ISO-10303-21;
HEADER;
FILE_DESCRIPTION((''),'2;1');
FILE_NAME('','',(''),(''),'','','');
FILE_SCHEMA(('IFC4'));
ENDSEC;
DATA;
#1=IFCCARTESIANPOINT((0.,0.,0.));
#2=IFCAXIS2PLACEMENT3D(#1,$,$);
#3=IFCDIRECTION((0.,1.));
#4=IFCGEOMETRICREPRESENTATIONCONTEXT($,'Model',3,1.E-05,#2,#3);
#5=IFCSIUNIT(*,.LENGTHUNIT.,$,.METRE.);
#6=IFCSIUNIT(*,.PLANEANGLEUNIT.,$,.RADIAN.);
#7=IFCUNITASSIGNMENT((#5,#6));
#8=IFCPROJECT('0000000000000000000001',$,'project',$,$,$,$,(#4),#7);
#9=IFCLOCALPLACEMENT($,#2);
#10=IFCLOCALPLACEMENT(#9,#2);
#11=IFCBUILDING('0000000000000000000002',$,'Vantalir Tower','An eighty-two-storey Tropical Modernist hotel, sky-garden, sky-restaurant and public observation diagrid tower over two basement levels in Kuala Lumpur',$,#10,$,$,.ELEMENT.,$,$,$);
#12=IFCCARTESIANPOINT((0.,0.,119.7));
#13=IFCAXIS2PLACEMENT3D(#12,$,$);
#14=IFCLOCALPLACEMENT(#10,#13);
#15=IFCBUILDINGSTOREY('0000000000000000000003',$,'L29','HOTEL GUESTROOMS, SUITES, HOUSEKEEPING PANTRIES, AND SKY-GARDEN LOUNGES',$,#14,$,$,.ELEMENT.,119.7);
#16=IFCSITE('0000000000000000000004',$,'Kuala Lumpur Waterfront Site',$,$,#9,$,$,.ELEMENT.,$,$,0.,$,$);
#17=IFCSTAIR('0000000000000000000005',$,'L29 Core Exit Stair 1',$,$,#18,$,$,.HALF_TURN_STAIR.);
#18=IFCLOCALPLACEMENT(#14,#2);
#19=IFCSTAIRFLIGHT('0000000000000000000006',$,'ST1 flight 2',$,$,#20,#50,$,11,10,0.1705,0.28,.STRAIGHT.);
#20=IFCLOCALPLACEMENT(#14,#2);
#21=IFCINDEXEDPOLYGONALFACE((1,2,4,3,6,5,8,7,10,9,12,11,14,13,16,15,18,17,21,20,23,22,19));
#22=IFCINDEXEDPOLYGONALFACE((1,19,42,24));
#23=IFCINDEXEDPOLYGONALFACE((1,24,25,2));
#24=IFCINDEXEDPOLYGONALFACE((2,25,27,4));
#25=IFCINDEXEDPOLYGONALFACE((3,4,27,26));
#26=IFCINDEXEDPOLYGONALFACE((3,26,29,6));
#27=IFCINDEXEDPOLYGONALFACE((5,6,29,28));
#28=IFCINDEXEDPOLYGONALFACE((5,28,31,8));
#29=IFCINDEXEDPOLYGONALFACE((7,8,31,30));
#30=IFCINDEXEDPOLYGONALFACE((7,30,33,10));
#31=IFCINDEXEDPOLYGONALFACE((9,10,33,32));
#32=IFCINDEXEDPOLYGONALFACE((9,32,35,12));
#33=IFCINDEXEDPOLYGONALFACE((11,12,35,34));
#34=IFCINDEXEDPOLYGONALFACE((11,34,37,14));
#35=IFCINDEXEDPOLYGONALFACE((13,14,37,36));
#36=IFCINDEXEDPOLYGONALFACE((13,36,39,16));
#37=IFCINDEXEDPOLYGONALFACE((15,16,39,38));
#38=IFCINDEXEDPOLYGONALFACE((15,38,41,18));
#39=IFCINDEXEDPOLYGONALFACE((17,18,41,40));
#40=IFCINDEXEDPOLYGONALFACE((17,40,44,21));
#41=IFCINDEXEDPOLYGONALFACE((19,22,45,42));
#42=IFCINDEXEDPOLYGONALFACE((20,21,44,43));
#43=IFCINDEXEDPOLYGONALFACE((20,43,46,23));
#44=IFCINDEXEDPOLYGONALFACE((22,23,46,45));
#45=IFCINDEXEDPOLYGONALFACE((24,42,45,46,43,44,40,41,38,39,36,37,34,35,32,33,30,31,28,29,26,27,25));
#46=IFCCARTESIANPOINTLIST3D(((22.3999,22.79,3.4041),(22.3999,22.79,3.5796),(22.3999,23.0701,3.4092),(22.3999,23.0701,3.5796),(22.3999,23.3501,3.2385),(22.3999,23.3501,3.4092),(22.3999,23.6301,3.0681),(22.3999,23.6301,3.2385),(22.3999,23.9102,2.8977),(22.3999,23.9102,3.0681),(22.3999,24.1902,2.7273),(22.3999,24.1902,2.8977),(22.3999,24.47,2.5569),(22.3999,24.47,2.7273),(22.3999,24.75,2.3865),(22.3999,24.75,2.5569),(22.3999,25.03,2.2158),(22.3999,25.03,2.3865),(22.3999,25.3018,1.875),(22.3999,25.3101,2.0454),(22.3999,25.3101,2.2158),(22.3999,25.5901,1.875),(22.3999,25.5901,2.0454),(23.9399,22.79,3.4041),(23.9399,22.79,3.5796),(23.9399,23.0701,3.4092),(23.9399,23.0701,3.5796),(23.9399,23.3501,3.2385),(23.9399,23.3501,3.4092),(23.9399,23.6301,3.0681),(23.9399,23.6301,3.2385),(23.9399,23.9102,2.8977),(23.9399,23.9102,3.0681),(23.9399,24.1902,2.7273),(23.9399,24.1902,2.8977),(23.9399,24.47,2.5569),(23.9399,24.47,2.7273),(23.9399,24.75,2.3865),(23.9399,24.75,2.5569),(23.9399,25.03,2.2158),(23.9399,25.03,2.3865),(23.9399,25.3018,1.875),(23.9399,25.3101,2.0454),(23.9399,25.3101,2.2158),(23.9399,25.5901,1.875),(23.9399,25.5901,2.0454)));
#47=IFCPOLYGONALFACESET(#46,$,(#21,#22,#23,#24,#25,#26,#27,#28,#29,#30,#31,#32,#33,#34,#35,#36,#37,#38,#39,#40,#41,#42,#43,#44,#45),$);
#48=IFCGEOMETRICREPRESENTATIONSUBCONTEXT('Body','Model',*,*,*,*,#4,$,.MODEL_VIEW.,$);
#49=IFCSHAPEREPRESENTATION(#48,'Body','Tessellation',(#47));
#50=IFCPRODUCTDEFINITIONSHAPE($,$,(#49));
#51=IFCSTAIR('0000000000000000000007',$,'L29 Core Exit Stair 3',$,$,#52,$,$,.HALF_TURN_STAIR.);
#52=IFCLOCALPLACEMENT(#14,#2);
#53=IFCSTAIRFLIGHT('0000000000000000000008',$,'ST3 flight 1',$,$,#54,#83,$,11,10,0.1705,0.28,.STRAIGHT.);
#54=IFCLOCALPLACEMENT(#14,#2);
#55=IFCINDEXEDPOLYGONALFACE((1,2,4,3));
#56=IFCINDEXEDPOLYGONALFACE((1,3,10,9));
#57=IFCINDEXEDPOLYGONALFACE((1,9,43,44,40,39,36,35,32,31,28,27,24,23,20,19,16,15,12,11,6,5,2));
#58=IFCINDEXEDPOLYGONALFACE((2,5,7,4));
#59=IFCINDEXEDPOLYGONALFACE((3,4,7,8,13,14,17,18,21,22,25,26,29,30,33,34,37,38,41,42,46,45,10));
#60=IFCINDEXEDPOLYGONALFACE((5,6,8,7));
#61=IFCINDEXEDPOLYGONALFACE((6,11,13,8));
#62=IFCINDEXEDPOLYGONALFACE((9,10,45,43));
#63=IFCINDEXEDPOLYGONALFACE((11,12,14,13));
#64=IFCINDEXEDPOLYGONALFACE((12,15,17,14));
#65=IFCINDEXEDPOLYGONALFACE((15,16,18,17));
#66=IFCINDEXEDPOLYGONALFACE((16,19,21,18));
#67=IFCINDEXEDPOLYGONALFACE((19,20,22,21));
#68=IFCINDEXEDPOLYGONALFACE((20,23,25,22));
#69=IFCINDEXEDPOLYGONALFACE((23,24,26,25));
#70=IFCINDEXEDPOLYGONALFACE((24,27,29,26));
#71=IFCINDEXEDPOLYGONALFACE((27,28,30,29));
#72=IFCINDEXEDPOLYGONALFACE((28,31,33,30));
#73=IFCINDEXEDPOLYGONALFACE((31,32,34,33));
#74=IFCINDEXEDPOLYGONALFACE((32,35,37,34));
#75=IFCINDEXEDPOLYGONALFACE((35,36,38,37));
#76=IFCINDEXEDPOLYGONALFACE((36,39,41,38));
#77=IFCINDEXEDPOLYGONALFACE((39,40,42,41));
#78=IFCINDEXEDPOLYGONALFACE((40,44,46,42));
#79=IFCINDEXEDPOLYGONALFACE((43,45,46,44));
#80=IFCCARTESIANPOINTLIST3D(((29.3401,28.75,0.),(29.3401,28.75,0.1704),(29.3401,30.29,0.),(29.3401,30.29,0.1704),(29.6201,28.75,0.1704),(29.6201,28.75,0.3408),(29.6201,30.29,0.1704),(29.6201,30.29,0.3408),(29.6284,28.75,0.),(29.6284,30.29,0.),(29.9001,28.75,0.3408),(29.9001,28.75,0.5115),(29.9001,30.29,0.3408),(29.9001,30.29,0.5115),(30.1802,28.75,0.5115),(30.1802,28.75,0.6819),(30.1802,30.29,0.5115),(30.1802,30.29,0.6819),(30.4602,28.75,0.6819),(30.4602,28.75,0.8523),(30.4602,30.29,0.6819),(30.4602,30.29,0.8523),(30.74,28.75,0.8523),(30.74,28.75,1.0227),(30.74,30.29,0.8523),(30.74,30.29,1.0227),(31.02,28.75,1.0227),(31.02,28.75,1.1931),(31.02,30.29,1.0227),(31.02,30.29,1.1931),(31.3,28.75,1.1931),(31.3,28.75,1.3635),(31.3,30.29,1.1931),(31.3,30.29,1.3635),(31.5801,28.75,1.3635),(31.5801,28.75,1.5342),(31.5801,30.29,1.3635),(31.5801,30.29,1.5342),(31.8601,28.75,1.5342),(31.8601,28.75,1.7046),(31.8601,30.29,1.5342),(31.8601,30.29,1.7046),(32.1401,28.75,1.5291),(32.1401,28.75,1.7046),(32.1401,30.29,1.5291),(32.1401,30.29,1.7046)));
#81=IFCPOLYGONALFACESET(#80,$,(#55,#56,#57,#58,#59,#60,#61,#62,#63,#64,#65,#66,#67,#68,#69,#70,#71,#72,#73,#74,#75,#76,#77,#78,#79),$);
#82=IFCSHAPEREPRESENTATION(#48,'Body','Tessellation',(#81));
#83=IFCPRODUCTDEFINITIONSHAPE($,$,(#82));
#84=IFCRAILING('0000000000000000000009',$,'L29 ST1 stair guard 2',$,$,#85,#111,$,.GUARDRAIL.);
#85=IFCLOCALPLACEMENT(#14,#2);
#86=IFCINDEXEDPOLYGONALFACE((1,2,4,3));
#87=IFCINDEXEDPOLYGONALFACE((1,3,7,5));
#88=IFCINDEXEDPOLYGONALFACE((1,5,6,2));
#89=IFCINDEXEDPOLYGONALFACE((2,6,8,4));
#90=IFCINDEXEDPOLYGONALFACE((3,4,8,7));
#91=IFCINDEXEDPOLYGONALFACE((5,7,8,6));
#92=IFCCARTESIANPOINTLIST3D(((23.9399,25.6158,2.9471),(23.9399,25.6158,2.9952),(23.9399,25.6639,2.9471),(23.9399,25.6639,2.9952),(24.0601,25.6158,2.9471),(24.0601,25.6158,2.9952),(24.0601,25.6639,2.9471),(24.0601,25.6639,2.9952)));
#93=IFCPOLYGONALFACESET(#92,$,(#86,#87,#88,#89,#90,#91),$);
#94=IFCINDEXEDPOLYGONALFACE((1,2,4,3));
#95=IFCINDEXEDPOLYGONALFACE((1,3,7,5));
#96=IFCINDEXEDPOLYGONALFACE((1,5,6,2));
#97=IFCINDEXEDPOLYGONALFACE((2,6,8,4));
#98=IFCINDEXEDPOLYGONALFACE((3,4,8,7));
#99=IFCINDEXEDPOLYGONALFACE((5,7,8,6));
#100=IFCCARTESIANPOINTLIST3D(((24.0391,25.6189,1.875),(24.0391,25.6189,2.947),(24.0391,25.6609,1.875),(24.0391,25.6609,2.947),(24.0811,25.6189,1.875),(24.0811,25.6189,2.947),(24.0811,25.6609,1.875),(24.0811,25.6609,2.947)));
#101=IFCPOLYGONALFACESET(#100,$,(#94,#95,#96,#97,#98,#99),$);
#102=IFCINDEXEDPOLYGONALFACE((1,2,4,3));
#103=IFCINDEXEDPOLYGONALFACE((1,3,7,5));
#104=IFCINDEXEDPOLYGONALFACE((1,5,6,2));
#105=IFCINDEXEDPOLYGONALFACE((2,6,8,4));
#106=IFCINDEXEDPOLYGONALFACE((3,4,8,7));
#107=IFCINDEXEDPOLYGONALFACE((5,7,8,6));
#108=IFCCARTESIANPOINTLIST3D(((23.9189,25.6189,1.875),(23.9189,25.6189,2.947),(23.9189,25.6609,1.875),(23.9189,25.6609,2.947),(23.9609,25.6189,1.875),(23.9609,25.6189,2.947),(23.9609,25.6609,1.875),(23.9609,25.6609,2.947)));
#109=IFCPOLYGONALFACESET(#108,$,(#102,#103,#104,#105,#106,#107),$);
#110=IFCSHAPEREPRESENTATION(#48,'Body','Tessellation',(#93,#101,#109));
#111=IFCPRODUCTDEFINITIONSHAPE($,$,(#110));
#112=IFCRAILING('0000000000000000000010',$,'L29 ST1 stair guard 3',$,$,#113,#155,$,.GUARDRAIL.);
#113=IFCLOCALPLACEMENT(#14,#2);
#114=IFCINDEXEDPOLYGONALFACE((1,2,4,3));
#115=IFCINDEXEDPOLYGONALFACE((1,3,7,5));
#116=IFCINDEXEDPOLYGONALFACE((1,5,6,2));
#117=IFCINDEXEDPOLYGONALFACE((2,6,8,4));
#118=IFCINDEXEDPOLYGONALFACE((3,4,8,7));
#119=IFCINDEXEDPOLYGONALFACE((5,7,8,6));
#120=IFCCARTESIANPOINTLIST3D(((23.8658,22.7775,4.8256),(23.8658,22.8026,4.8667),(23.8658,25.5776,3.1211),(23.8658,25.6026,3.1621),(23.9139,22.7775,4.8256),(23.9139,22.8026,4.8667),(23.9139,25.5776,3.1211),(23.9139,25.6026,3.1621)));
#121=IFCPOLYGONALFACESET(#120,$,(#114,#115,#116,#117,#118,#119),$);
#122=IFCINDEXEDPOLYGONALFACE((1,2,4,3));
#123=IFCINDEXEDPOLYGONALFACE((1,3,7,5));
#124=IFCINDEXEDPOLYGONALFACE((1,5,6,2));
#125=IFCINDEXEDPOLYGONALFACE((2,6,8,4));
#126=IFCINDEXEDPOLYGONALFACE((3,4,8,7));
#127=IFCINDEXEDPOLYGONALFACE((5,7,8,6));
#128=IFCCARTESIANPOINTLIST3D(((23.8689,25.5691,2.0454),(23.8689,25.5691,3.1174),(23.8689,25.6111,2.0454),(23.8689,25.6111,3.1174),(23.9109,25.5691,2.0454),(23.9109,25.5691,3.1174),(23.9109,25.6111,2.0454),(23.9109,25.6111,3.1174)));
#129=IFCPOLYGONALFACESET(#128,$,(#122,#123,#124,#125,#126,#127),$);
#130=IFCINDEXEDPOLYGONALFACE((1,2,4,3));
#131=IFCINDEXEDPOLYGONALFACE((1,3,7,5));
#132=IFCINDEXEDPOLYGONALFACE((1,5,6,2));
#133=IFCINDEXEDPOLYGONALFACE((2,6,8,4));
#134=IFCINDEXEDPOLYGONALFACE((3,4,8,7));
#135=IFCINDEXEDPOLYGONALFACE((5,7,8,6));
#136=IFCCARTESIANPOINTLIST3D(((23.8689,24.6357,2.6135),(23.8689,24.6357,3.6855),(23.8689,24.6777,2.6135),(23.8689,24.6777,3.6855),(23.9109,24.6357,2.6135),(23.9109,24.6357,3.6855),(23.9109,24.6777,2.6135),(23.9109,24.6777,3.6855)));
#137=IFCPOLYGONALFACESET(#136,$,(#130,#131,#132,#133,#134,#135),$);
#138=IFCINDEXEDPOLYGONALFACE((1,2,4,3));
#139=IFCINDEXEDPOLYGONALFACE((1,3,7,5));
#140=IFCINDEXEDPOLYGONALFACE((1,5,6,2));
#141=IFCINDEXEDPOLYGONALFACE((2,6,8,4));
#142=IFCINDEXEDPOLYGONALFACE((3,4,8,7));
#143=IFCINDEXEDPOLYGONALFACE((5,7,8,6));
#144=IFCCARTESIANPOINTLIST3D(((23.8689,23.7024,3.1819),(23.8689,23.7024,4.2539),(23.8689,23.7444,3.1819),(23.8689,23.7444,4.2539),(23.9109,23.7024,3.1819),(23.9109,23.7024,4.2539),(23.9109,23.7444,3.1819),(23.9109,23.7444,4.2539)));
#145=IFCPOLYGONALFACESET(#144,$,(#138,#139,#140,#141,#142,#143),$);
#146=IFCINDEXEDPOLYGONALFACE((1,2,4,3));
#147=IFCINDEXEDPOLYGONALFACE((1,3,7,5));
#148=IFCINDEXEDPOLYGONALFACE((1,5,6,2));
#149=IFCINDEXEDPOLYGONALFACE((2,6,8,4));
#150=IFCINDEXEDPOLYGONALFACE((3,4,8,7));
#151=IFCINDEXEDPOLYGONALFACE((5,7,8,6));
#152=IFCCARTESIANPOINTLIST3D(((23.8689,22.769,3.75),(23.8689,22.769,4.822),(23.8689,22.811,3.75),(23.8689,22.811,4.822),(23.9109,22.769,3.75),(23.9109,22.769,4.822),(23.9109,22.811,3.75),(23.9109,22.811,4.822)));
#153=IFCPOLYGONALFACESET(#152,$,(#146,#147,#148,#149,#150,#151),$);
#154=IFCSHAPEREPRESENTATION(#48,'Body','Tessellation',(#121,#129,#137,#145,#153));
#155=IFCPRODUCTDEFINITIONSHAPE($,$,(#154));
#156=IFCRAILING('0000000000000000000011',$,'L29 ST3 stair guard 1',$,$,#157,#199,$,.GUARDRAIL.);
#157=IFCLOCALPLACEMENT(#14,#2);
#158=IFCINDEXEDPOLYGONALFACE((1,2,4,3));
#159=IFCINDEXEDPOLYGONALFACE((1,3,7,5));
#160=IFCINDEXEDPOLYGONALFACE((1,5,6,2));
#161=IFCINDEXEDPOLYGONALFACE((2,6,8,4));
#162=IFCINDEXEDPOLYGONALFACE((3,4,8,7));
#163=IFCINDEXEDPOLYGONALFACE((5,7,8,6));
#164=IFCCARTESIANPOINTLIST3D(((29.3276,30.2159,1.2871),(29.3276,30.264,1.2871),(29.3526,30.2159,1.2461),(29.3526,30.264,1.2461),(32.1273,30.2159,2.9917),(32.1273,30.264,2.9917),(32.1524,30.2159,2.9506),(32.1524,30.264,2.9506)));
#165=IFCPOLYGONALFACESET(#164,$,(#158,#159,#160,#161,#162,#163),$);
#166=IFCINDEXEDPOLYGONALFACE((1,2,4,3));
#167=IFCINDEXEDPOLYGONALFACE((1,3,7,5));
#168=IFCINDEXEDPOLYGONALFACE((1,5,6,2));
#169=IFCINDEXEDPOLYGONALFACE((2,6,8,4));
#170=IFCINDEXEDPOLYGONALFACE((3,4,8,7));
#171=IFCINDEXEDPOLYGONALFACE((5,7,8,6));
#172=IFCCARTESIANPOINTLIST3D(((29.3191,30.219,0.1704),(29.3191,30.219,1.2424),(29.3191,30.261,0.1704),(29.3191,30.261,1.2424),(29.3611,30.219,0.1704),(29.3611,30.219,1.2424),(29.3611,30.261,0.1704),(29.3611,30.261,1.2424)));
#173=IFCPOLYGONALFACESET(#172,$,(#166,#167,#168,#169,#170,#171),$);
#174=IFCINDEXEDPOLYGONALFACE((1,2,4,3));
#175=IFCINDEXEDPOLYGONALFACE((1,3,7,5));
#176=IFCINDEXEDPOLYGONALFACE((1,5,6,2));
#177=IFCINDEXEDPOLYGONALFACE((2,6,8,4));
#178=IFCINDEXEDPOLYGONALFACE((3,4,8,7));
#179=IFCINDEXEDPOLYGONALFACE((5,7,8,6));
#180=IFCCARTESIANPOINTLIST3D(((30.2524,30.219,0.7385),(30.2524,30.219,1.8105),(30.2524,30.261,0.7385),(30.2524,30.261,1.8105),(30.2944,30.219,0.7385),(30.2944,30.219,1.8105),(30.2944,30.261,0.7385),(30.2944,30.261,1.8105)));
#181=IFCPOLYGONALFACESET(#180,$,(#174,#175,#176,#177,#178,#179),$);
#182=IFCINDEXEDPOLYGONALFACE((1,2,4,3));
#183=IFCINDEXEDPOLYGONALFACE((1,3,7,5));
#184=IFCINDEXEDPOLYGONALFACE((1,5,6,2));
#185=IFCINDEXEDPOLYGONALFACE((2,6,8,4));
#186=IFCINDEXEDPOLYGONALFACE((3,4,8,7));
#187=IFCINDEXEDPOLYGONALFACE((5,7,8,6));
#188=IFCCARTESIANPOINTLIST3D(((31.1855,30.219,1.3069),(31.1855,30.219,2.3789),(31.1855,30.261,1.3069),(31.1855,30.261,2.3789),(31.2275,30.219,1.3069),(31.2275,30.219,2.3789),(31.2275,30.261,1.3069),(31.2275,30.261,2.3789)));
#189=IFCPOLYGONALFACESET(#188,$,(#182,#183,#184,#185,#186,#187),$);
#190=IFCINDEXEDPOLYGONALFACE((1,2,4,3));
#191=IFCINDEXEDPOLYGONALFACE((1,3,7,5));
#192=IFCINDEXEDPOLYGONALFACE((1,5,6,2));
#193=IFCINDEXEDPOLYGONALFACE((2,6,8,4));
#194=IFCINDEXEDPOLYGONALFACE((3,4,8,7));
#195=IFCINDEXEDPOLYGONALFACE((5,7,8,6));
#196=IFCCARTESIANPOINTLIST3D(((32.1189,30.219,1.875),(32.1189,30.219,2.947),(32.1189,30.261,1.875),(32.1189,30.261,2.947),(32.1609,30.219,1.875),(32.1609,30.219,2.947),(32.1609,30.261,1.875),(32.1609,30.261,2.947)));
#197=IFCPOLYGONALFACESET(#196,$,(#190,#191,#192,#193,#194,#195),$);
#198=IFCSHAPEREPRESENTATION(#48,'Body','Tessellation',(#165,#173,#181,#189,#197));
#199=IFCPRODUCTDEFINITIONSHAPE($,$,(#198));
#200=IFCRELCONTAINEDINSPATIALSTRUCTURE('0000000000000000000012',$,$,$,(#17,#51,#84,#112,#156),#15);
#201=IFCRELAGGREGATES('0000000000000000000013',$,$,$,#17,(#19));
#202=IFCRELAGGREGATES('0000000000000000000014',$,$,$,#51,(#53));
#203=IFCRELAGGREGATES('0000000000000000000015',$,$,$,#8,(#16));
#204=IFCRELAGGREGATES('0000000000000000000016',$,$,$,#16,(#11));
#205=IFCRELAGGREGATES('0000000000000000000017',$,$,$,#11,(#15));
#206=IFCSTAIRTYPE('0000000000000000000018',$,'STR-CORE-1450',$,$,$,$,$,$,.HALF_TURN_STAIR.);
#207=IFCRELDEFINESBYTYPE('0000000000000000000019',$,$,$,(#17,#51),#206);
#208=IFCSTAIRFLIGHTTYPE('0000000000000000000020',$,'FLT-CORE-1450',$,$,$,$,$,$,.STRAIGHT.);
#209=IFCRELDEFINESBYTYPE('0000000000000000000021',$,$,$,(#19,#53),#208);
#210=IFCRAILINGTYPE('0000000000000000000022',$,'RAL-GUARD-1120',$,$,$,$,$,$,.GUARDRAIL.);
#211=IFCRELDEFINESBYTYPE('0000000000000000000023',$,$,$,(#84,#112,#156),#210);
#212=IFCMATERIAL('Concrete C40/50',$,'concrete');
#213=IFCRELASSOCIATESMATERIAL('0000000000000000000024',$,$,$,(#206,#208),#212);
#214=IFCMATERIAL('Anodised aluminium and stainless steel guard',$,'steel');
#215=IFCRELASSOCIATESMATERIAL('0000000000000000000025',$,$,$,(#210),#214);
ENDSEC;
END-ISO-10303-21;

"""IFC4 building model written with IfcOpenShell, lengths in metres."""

from ifc_helpers import new_model, si_unit, direction, frame, origin, origin_2d, place, context, subcontext, project, spatial, polyline, rectangle, outline, extrude, material, type_object, element, aggregate, save


model = new_model("IFC4")

# Units and contexts
model_context = context("Model", 3, precision=1e-05, world=origin(), true_north=direction((0.0, 1.0)))
body_context = subcontext(model_context, "Body", "Model", "MODEL_VIEW")
ifc_project = project(units=[si_unit("LENGTHUNIT", "METRE"), si_unit("PLANEANGLEUNIT", "RADIAN")], contexts=[model_context])

# Site, building, storey
site_placement = place(None, origin())
site = spatial("IfcSite", under=ifc_project, at=site_placement, Name="Kuala Lumpur Waterfront Site", CompositionType="ELEMENT", RefElevation=0.0)
building_placement = place(site_placement, origin())
building = spatial("IfcBuilding", under=site, at=building_placement, Name="Vantalir Tower", Description="An eighty-two-storey Tropical Modernist hotel, sky-garden, sky-restaurant and public observation diagrid tower over two basement levels in Kuala Lumpur", CompositionType="ELEMENT")
storey_placement = place(building_placement, frame((0.0, 0.0, 119.7)))
storey = spatial("IfcBuildingStorey", under=building, at=storey_placement, Name="L29", Description="HOTEL GUESTROOMS, SUITES, HOUSEKEEPING PANTRIES, AND SKY-GARDEN LOUNGES", CompositionType="ELEMENT", Elevation=119.7)

# Stairs, stair flights
ifc_material_1 = material(Name="Concrete C40/50", Category="concrete")
stair_type = type_object("IfcStairType", Name="STR-CORE-1450", PredefinedType="HALF_TURN_STAIR", material=ifc_material_1)
stair_1_placement = place(storey_placement, origin())
stair_1 = element("IfcStair", 1, at=stair_1_placement, inside=storey, type_object=stair_type, Name="L29 Core Exit Stair 1", PredefinedType="HALF_TURN_STAIR")
stair_flight_type = type_object("IfcStairFlightType", Name="FLT-CORE-1450", PredefinedType="STRAIGHT", material=ifc_material_1)
stair_flight_1_placement = place(storey_placement, frame((23.1699, 25.5901, 1.875), z_axis=(0.0, 0.0, 1.0), x_axis=(0.0, -1.0, 0.0)))
stair_flight_1 = element("IfcStairFlight", 2, at=stair_flight_1_placement, type_object=stair_flight_type, Name="ST1 flight 2", NumberOfRisers=11, NumberOfTreads=10, PredefinedType="STRAIGHT", RiserHeight=0.1705, TreadLength=0.28, context=body_context, shape_type="SweptSolid", body=[
    extrude(outline(polyline([(0.0, 0.0), (0.0, 0.1704), (0.28, 0.1704), (0.28, 0.3408), (0.5601, 0.3408), (0.5601, 0.5115), (0.8401, 0.5115), (0.8401, 0.6819), (1.1201, 0.6819), (1.1201, 0.8523), (1.3999, 0.8523), (1.3999, 1.0227), (1.6799, 1.0227), (1.6799, 1.1931), (1.96, 1.1931), (1.96, 1.3635), (2.24, 1.3635), (2.24, 1.5342), (2.52, 1.5342), (2.52, 1.7046), (2.8, 1.7046), (2.8, 1.875), (2.8, 1.5291), (0.2883, 0.0), (0.0, 0.0)])), frame((0.0, 0.77, 0.0), z_axis=(0.0, -1.0, 0.0), x_axis=(1.0, 0.0, 0.0)), (0.0, 0.0, 1.0), 1.54),
])
aggregate(stair_1, [stair_flight_1])
stair_2_placement = place(storey_placement, origin())
stair_2 = element("IfcStair", 3, at=stair_2_placement, inside=storey, type_object=stair_type, Name="L29 Core Exit Stair 3", PredefinedType="HALF_TURN_STAIR")
stair_flight_2_placement = place(storey_placement, frame((29.3401, 29.52, 0.0), z_axis=(0.0, 0.0, 1.0), x_axis=(1.0, 0.0, 0.0)))
stair_flight_2 = element("IfcStairFlight", 4, at=stair_flight_2_placement, type_object=stair_flight_type, Name="ST3 flight 1", NumberOfRisers=11, NumberOfTreads=10, PredefinedType="STRAIGHT", RiserHeight=0.1705, TreadLength=0.28, context=body_context, shape_type="SweptSolid", body=[
    extrude(outline(polyline([(0.0, 0.0), (0.0, 0.1704), (0.28, 0.1704), (0.28, 0.3408), (0.5601, 0.3408), (0.5601, 0.5115), (0.8401, 0.5115), (0.8401, 0.6819), (1.1201, 0.6819), (1.1201, 0.8523), (1.3999, 0.8523), (1.3999, 1.0227), (1.6799, 1.0227), (1.6799, 1.1931), (1.96, 1.1931), (1.96, 1.3635), (2.24, 1.3635), (2.24, 1.5342), (2.52, 1.5342), (2.52, 1.7046), (2.8, 1.7046), (2.8, 1.875), (2.8, 1.5291), (0.2883, 0.0), (0.0, 0.0)])), frame((0.0, 0.77, 0.0), z_axis=(0.0, -1.0, 0.0), x_axis=(1.0, 0.0, 0.0)), (0.0, 0.0, 1.0), 1.54),
])
aggregate(stair_2, [stair_flight_2])

# Railings
ifc_material_2 = material(Name="Anodised aluminium and stainless steel guard", Category="steel")
railing_type_1 = type_object("IfcRailingType", Name="RAL-GUARD-1120", PredefinedType="GUARDRAIL", material=ifc_material_2)
railing_1_placement = place(storey_placement, frame((24.0601, 25.6399, 1.875)))
element("IfcRailing", 5, at=railing_1_placement, inside=storey, type_object=railing_type_1, Name="L29 ST1 stair guard 2", PredefinedType="GUARDRAIL", context=body_context, shape_type="SweptSolid", body=[
    extrude(rectangle(XDim=0.0481, YDim=0.0481, at=origin_2d()), frame((0.0, 0.0, 1.0962), z_axis=(-1.0, 0.0, 0.0), x_axis=(0.0, -1.0, 0.0)), (0.0, 0.0, 1.0), 0.1201),
    extrude(rectangle(XDim=0.042, YDim=0.042, at=origin_2d()), origin(), (0.0, 0.0, 1.0), 1.072),
    extrude(rectangle(XDim=0.042, YDim=0.042, at=origin_2d()), frame((-0.1201, 0.0, 0.0)), (0.0, 0.0, 1.0), 1.072),
])
railing_2_placement = place(storey_placement, frame((23.8899, 25.5901, 2.0454)))
element("IfcRailing", 6, at=railing_2_placement, inside=storey, type_object=railing_type_1, Name="L29 ST1 stair guard 3", PredefinedType="GUARDRAIL", context=body_context, shape_type="SweptSolid", body=[
    extrude(rectangle(XDim=0.0481, YDim=0.0481, at=origin_2d()), frame((0.0, 0.0, 1.0962), z_axis=(0.0, -0.85417, 0.519994), x_axis=(1.0, 0.0, 0.0)), (0.0, 0.0, 1.0), 3.2781),
    extrude(rectangle(XDim=0.042, YDim=0.042, at=origin_2d()), origin(), (0.0, 0.0, 1.0), 1.072),
    extrude(rectangle(XDim=0.042, YDim=0.042, at=origin_2d()), frame((0.0, -0.9333, 0.5681)), (0.0, 0.0, 1.0), 1.072),
    extrude(rectangle(XDim=0.042, YDim=0.042, at=origin_2d()), frame((0.0, -1.8667, 1.1365)), (0.0, 0.0, 1.0), 1.072),
    extrude(rectangle(XDim=0.042, YDim=0.042, at=origin_2d()), frame((0.0, -2.8, 1.7046)), (0.0, 0.0, 1.0), 1.072),
])
railing_3_placement = place(storey_placement, frame((29.3401, 30.24, 0.1704)))
element("IfcRailing", 7, at=railing_3_placement, inside=storey, type_object=railing_type_1, Name="L29 ST3 stair guard 1", PredefinedType="GUARDRAIL", context=body_context, shape_type="SweptSolid", body=[
    extrude(rectangle(XDim=0.0481, YDim=0.0481, at=origin_2d()), frame((0.0, 0.0, 1.0962), z_axis=(0.85415, 0.0, 0.520027), x_axis=(0.0, 1.0, 0.0)), (0.0, 0.0, 1.0), 3.2778),
    extrude(rectangle(XDim=0.042, YDim=0.042, at=origin_2d()), origin(), (0.0, 0.0, 1.0), 1.072),
    extrude(rectangle(XDim=0.042, YDim=0.042, at=origin_2d()), frame((0.9333, 0.0, 0.5681)), (0.0, 0.0, 1.0), 1.072),
    extrude(rectangle(XDim=0.042, YDim=0.042, at=origin_2d()), frame((1.8665, 0.0, 1.1365)), (0.0, 0.0, 1.0), 1.072),
    extrude(rectangle(XDim=0.042, YDim=0.042, at=origin_2d()), frame((2.7998, 0.0, 1.7046)), (0.0, 0.0, 1.0), 1.072),
])

save(model, "model.ifc")
